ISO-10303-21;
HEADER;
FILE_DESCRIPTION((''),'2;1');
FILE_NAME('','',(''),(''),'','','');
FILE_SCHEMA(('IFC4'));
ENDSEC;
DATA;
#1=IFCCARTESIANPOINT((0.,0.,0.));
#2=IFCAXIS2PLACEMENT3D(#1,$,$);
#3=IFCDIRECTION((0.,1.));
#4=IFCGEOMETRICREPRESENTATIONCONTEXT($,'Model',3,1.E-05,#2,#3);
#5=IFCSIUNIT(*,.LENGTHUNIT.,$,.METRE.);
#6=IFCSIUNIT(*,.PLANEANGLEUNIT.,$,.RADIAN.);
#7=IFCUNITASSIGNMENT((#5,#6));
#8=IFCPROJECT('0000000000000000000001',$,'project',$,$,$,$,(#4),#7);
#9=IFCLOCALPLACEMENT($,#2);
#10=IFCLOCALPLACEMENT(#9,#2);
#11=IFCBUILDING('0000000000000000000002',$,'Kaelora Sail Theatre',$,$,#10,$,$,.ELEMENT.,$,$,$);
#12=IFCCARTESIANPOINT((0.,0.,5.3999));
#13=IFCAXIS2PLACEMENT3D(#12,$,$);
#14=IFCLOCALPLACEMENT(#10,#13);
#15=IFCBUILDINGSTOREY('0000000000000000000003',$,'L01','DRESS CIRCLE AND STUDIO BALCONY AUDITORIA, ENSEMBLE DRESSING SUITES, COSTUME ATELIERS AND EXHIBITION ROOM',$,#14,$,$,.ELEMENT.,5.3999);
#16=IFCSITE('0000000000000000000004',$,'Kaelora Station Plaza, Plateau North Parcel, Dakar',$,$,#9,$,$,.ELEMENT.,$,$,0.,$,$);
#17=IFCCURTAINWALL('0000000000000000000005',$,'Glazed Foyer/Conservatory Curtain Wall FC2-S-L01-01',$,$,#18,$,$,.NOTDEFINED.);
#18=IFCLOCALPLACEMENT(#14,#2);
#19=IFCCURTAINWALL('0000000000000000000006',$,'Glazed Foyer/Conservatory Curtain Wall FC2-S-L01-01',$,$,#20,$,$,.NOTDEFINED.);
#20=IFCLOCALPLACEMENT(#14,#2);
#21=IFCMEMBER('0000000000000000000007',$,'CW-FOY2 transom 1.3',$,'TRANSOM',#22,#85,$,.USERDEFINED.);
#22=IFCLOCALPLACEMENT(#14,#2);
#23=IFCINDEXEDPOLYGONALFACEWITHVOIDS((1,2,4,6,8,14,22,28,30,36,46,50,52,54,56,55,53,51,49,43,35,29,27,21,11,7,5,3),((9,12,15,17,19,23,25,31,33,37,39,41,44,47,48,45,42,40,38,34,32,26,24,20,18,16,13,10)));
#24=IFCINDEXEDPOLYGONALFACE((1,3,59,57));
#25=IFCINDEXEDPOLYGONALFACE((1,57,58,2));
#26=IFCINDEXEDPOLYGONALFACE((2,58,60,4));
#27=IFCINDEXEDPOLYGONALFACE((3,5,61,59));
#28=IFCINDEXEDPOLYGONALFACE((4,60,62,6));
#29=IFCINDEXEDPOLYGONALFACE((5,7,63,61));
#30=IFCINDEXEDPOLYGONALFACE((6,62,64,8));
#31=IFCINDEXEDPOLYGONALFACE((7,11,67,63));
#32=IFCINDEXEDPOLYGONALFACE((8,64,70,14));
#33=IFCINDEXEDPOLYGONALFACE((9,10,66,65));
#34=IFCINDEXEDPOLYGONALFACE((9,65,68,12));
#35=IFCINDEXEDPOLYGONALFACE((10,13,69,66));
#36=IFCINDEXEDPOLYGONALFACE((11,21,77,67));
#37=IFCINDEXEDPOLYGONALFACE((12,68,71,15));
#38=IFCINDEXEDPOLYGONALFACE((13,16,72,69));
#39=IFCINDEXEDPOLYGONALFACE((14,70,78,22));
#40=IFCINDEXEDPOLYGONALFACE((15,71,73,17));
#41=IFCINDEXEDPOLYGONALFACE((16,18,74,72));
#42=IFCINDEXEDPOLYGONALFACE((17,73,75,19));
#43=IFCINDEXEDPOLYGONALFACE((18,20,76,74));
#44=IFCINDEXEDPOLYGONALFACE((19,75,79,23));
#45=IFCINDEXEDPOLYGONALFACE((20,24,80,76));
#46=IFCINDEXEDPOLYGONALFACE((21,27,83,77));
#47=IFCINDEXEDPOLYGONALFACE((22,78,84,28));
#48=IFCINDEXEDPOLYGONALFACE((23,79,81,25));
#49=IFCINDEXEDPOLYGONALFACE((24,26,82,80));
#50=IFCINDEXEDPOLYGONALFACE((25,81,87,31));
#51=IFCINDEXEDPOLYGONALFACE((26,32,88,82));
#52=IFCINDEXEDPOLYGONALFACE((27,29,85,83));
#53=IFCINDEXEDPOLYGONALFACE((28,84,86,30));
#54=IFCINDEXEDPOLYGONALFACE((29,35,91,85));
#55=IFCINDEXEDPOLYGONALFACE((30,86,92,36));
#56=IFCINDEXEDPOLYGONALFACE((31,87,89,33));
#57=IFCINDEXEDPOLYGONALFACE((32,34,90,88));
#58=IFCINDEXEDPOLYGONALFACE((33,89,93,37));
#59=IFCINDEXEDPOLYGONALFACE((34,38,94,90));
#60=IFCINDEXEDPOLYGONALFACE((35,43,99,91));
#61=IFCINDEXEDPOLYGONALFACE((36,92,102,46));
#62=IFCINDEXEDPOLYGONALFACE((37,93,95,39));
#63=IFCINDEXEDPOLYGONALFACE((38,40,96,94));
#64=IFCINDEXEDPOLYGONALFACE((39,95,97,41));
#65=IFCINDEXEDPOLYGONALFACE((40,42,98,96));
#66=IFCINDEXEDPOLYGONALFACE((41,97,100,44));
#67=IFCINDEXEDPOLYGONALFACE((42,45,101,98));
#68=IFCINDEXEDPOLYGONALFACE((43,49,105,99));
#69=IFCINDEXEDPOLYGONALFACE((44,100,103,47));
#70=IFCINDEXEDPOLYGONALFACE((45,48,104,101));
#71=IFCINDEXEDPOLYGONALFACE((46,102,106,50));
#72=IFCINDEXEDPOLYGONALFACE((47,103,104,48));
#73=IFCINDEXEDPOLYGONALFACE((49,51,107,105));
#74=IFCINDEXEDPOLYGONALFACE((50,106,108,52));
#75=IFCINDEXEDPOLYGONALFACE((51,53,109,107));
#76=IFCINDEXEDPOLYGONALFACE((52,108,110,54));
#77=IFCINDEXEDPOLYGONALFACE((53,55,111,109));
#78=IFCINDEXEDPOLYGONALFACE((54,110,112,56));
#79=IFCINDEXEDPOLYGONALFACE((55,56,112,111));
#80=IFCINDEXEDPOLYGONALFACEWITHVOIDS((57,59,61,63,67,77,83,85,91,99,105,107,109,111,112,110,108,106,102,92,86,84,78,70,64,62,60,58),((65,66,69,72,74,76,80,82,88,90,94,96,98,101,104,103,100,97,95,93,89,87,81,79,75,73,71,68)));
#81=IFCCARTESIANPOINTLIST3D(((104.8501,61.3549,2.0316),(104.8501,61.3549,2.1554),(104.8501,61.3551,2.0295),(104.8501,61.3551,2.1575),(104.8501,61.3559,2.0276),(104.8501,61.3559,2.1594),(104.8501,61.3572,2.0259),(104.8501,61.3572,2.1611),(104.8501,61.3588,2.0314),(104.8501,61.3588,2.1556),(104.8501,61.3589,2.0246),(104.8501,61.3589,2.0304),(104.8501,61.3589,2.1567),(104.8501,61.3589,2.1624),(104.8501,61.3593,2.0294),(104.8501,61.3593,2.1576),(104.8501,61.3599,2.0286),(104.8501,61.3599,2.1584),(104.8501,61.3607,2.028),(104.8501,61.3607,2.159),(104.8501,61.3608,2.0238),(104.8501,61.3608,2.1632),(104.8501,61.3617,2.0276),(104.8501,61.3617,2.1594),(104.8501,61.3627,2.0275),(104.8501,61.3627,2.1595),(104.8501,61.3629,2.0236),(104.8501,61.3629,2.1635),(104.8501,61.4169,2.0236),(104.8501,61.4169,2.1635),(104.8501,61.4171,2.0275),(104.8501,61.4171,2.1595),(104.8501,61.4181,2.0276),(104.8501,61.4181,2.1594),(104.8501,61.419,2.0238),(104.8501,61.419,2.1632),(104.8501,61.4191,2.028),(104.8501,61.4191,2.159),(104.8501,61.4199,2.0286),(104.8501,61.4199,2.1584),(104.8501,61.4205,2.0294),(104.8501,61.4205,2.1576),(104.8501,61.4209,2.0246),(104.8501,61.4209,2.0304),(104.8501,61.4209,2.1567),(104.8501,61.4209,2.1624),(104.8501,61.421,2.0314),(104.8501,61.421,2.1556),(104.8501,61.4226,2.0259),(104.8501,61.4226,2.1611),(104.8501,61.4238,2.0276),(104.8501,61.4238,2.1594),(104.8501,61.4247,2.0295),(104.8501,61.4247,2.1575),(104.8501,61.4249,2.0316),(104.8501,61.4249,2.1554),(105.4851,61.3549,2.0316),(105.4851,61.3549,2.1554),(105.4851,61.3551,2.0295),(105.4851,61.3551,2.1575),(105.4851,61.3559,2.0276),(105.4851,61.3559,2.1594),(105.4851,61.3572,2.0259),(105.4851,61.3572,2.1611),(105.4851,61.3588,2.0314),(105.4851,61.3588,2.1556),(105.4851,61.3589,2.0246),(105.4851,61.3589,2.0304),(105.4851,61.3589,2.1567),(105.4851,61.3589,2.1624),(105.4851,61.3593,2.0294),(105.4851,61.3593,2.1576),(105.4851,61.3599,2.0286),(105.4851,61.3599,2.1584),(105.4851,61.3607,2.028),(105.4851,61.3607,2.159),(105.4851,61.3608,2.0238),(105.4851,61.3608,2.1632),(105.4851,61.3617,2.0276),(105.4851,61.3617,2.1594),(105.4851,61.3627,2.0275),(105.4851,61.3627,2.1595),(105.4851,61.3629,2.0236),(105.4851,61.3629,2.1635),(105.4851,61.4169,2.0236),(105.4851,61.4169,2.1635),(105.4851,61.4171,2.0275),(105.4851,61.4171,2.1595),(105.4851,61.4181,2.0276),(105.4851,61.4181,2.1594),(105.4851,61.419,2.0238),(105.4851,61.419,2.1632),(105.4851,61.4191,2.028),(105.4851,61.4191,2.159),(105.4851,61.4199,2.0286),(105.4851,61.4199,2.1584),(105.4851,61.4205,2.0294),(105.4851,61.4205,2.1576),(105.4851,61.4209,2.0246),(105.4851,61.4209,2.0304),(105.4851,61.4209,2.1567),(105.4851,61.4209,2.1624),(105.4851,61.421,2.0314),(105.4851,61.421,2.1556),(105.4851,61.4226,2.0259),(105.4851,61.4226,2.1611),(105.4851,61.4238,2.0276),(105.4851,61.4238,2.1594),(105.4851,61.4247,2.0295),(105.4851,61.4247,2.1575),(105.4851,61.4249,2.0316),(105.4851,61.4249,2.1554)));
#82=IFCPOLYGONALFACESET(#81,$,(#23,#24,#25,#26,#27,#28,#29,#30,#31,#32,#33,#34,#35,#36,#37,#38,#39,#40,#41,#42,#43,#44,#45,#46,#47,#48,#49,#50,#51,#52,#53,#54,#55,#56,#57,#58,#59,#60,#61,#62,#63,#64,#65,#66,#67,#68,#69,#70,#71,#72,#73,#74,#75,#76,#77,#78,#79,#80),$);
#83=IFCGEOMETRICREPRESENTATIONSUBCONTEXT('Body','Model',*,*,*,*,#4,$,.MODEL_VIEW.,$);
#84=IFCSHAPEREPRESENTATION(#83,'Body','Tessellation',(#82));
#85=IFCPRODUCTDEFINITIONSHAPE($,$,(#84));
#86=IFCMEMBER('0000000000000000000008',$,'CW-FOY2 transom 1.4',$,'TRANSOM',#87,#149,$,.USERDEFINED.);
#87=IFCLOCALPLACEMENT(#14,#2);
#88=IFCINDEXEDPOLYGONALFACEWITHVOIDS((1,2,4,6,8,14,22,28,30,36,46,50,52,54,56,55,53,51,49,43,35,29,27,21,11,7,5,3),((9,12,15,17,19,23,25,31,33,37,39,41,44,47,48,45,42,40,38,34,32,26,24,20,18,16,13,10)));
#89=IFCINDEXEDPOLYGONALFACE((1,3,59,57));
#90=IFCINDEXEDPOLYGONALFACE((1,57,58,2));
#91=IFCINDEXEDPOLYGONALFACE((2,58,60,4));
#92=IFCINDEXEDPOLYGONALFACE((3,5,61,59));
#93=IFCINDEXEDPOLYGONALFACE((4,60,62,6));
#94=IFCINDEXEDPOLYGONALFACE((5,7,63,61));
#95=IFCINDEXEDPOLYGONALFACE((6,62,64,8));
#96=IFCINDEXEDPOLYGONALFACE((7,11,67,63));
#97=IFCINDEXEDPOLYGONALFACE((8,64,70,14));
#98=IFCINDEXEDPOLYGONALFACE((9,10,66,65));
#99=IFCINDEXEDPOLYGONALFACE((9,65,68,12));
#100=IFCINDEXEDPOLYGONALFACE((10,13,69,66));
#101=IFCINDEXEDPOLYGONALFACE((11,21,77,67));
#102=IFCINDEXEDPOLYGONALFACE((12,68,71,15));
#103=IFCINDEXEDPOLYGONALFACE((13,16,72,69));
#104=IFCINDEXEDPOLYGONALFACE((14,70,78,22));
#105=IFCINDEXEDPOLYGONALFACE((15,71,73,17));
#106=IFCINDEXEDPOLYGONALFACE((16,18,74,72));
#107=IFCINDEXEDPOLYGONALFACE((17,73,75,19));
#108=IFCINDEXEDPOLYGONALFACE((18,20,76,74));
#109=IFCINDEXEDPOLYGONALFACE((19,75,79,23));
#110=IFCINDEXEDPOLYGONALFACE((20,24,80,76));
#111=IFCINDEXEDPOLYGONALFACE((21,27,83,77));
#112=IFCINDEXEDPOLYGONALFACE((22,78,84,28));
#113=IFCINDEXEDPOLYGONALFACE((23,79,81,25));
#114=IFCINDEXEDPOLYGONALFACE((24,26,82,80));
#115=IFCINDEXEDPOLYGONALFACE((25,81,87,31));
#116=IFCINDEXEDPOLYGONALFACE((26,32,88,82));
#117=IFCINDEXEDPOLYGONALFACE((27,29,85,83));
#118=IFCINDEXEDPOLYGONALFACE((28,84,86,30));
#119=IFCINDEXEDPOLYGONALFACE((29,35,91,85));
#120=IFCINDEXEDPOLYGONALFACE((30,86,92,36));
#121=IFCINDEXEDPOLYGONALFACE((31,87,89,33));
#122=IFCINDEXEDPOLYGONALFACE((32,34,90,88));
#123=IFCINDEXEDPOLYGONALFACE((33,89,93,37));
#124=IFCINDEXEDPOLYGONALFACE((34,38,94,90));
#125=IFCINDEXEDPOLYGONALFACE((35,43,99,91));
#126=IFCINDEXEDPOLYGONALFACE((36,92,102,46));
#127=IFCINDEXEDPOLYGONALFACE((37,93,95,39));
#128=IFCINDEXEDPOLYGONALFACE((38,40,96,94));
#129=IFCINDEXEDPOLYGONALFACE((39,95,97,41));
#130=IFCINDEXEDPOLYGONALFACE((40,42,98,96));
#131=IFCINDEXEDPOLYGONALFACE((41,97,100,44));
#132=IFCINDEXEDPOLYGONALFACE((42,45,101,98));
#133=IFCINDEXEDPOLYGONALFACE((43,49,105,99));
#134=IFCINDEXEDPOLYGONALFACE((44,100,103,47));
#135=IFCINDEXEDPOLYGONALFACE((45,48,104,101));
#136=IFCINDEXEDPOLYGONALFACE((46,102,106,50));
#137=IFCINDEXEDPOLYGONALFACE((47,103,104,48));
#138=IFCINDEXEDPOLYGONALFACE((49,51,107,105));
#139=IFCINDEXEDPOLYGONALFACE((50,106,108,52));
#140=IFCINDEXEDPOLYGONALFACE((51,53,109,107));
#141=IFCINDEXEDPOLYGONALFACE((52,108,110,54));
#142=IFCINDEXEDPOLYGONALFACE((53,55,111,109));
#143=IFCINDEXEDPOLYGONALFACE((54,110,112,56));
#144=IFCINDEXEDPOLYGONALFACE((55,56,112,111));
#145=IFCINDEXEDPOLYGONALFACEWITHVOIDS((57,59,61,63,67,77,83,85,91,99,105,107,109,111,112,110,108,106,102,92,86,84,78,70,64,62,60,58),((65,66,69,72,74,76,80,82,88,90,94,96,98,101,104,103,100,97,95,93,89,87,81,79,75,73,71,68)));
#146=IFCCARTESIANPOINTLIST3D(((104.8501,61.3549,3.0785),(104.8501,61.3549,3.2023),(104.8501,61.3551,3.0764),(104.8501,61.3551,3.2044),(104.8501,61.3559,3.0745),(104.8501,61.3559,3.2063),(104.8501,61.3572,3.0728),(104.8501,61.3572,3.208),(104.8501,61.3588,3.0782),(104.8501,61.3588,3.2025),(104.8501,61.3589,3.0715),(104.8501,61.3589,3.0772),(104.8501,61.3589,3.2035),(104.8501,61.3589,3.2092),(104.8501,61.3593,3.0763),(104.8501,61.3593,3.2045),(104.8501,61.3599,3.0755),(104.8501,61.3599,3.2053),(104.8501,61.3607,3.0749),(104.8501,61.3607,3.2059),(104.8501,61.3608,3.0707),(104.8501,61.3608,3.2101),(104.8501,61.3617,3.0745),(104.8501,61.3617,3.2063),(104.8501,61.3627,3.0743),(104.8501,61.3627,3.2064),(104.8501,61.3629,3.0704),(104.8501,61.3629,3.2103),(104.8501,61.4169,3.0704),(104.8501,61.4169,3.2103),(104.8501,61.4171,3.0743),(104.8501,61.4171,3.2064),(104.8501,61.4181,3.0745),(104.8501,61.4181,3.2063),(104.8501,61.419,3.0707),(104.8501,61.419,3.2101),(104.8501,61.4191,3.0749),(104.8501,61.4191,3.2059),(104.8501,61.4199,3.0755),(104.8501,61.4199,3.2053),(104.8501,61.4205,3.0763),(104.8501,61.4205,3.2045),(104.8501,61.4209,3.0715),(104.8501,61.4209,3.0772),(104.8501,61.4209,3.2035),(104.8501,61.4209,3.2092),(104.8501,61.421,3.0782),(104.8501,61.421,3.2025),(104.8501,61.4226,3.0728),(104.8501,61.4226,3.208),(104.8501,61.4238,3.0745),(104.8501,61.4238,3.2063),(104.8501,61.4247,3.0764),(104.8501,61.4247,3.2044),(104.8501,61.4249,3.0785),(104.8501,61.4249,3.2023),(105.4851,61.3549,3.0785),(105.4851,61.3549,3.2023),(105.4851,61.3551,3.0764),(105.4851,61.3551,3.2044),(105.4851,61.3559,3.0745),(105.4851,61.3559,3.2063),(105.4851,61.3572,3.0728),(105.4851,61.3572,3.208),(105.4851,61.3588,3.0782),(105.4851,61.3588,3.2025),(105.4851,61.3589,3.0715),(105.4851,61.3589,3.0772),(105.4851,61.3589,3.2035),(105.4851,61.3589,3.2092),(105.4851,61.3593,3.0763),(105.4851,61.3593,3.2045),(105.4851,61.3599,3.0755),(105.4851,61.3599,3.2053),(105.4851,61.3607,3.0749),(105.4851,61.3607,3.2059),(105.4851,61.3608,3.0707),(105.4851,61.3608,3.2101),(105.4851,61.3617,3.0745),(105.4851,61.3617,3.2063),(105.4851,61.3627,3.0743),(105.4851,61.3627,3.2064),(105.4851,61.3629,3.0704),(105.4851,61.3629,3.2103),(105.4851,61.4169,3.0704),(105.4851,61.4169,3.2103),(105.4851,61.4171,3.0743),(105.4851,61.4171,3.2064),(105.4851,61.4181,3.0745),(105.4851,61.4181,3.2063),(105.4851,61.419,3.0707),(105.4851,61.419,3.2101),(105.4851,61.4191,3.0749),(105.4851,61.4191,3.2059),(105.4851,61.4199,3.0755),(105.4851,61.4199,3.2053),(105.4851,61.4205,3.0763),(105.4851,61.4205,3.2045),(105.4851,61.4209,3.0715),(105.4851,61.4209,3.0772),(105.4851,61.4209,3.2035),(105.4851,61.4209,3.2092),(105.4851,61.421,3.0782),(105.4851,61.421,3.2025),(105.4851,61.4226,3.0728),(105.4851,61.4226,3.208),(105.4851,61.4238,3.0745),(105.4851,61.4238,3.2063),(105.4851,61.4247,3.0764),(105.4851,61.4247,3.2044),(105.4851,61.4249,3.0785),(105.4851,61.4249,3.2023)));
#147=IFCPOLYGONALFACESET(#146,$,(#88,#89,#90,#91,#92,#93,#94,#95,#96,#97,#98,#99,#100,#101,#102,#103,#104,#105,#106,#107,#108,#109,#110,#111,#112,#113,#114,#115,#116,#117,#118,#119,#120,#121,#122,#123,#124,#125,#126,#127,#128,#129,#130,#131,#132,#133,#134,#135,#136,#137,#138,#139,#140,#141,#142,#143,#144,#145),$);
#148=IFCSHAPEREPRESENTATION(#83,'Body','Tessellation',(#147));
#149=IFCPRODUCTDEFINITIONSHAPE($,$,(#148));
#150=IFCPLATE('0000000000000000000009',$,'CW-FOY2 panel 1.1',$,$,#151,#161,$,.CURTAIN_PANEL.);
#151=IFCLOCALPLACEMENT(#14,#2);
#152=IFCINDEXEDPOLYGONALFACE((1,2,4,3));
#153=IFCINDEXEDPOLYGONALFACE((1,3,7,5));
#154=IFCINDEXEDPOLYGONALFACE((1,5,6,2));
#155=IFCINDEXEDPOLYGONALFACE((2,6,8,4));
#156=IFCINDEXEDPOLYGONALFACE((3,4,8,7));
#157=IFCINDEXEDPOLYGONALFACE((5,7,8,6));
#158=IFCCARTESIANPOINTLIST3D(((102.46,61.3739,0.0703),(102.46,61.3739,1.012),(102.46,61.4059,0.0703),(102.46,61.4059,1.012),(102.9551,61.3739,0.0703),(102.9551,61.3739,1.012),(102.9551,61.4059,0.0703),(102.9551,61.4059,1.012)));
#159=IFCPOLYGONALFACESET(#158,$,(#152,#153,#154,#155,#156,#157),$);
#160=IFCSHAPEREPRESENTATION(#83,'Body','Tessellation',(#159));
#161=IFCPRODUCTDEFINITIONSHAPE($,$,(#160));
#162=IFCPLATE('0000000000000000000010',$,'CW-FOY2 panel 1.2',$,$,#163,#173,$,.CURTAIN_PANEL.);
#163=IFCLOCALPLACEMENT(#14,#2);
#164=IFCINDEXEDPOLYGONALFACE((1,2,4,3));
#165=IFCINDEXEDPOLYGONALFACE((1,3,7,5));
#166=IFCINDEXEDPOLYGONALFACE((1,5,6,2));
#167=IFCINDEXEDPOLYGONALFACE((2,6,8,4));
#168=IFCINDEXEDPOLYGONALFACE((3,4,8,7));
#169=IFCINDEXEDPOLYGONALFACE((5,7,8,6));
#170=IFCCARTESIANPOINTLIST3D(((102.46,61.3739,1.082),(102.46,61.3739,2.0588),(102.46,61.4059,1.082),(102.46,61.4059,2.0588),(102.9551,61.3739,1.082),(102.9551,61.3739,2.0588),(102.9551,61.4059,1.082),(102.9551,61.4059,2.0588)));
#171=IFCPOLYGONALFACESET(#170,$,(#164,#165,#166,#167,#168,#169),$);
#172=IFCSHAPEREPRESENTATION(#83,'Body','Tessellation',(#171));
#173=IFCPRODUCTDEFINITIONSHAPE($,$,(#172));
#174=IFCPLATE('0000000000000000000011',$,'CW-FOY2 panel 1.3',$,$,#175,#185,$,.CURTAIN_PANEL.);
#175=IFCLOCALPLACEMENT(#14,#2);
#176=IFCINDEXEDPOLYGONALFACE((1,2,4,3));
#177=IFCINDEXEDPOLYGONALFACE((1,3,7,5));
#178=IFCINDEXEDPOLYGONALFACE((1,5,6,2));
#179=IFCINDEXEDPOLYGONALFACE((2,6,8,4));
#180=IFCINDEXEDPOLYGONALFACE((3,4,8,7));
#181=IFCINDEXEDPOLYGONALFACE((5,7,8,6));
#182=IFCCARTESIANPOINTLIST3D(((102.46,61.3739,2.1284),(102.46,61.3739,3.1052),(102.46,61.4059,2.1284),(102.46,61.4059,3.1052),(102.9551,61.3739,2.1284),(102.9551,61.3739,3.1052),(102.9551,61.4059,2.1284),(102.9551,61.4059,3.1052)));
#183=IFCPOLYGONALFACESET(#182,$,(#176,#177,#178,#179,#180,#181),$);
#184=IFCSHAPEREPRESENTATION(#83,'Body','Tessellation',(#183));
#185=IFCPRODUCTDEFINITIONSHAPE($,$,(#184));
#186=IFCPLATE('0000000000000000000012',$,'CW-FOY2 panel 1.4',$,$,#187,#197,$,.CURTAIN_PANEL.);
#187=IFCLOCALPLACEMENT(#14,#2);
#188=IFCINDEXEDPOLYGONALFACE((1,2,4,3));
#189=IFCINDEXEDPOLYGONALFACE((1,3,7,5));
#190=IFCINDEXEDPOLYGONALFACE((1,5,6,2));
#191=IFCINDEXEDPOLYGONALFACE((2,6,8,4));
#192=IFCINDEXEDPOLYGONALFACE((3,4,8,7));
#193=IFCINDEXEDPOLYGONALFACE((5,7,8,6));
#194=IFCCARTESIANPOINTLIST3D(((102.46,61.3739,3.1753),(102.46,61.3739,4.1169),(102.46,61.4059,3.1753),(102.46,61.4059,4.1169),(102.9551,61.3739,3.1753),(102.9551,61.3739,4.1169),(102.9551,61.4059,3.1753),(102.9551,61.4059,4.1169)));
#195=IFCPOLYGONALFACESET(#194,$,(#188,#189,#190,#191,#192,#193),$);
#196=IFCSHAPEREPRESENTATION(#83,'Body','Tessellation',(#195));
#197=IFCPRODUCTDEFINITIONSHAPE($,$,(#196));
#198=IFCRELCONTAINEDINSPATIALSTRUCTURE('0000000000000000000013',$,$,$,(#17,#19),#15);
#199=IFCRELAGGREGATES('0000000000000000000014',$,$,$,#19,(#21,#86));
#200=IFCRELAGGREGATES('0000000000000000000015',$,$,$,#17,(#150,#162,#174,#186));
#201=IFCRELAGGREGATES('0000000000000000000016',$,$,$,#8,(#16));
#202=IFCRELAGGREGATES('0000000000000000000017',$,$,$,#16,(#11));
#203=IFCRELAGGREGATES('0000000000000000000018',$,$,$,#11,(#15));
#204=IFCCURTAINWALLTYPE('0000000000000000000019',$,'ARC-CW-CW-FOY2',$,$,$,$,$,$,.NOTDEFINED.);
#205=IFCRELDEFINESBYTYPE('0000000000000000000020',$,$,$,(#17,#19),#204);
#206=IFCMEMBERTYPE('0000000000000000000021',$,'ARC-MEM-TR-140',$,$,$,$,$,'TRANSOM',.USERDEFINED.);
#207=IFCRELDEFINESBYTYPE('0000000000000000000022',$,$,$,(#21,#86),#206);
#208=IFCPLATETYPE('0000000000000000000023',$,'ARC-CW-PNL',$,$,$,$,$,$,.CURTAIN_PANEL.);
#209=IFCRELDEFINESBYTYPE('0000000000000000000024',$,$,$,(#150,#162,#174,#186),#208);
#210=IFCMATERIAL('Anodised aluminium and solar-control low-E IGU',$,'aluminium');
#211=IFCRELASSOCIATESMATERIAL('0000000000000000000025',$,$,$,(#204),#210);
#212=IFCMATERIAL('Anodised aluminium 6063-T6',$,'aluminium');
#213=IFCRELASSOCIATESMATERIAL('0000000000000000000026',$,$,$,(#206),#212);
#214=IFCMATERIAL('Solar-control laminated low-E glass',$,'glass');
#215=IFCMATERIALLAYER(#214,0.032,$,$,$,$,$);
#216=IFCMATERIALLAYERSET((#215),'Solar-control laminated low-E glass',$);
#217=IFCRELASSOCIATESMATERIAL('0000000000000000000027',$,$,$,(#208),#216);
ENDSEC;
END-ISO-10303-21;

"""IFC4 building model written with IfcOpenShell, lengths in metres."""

from ifc_helpers import new_model, si_unit, direction, frame, origin, origin_2d, place, context, subcontext, project, spatial, rectangle, hollow_rectangle, extrude, material, layer, layer_set, material_profile, profile_set, type_object, element, aggregate, save


model = new_model("IFC4")

# Units and contexts
model_context = context("Model", 3, precision=1e-05, world=origin(), true_north=direction((0.0, 1.0)))
body_context = subcontext(model_context, "Body", "Model", "MODEL_VIEW")
ifc_project = project(units=[si_unit("LENGTHUNIT", "METRE"), si_unit("PLANEANGLEUNIT", "RADIAN")], contexts=[model_context])

# Site, building, storey
site_placement = place(None, origin())
site = spatial("IfcSite", under=ifc_project, at=site_placement, Name="Kaelora Station Plaza, Plateau North Parcel, Dakar", CompositionType="ELEMENT", RefElevation=0.0)
building_placement = place(site_placement, origin())
building = spatial("IfcBuilding", under=site, at=building_placement, Name="Kaelora Sail Theatre", CompositionType="ELEMENT")
storey_placement = place(building_placement, frame((0.0, 0.0, 5.3999)))
storey = spatial("IfcBuildingStorey", under=building, at=storey_placement, Name="L01", Description="DRESS CIRCLE AND STUDIO BALCONY AUDITORIA, ENSEMBLE DRESSING SUITES, COSTUME ATELIERS AND EXHIBITION ROOM", CompositionType="ELEMENT", Elevation=5.3999)

# Curtain wall
ifc_material_1 = material(Name="Anodised aluminium and solar-control low-E IGU", Category="aluminium")
curtain_wall_type = type_object("IfcCurtainWallType", Name="ARC-CW-CW-FOY2", PredefinedType="NOTDEFINED", material=ifc_material_1)
curtain_wall_1_placement = place(storey_placement, origin())
curtain_wall_1 = element("IfcCurtainWall", 1, at=curtain_wall_1_placement, inside=storey, type_object=curtain_wall_type, Name="Glazed Foyer/Conservatory Curtain Wall FC2-S-L01-01", PredefinedType="NOTDEFINED")

# Curtain wall
curtain_wall_2_placement = place(storey_placement, origin())
curtain_wall_2 = element("IfcCurtainWall", 2, at=curtain_wall_2_placement, inside=storey, type_object=curtain_wall_type, Name="Glazed Foyer/Conservatory Curtain Wall FC2-S-L01-01", PredefinedType="NOTDEFINED")

# Members
ifc_material_2 = material(Name="Anodised aluminium 6063-T6", Category="aluminium")
ifc_material_profile_1 = material_profile(ifc_material_2, hollow_rectangle(XDim=0.0701, YDim=0.1399, WallThickness=0.0039, InnerFilletRadius=0.0039, OuterFilletRadius=0.0081, at=origin_2d()), Name="ALU-TRAN 70x140x4")
ifc_profile_set_1 = profile_set([ifc_material_profile_1], Name="Anodised aluminium 6063-T6")
member_type_1 = type_object("IfcMemberType", Name="ARC-MEM-TR-140", ElementType="TRANSOM", PredefinedType="USERDEFINED", material=ifc_profile_set_1)
member_1_placement = place(storey_placement, frame((104.8501, 61.3899, 2.0935), z_axis=(1.0, 0.0, 0.0), x_axis=(0.0, 1.0, 0.0)))
member_1 = element("IfcMember", 3, at=member_1_placement, type_object=member_type_1, Name="CW-FOY2 transom 1.3", ObjectType="TRANSOM", PredefinedType="USERDEFINED", context=body_context, shape_type="SweptSolid", body=[
    extrude(hollow_rectangle(XDim=0.0701, YDim=0.1399, WallThickness=0.0039, InnerFilletRadius=0.0039, OuterFilletRadius=0.0081, at=origin_2d()), origin(), (0.0, 0.0, 1.0), 0.635),
])
member_2_placement = place(storey_placement, frame((104.8501, 61.3899, 3.1404), z_axis=(1.0, 0.0, 0.0), x_axis=(0.0, 1.0, 0.0)))
member_2 = element("IfcMember", 4, at=member_2_placement, type_object=member_type_1, Name="CW-FOY2 transom 1.4", ObjectType="TRANSOM", PredefinedType="USERDEFINED", context=body_context, shape_type="SweptSolid", body=[
    extrude(hollow_rectangle(XDim=0.0701, YDim=0.1399, WallThickness=0.0039, InnerFilletRadius=0.0039, OuterFilletRadius=0.0081, at=origin_2d()), origin(), (0.0, 0.0, 1.0), 0.635),
])
aggregate(curtain_wall_2, [member_1, member_2])

# Plates
ifc_material_3 = material(Name="Solar-control laminated low-E glass", Category="glass")
ifc_layer = layer(ifc_material_3, 0.032)
ifc_layer_set = layer_set([ifc_layer], Name="Solar-control laminated low-E glass")
plate_type = type_object("IfcPlateType", Name="ARC-CW-PNL", PredefinedType="CURTAIN_PANEL", material=ifc_layer_set)
plate_1_placement = place(storey_placement, frame((102.7075, 61.3899, 0.0703), z_axis=(0.0, 0.0, 1.0), x_axis=(1.0, 0.0, 0.0)))
plate_1 = element("IfcPlate", 5, at=plate_1_placement, type_object=plate_type, Name="CW-FOY2 panel 1.1", PredefinedType="CURTAIN_PANEL", context=body_context, shape_type="SweptSolid", body=[
    extrude(rectangle(XDim=0.4951, YDim=0.032, at=origin_2d()), origin(), (0.0, 0.0, 1.0), 0.9417),
])
plate_2_placement = place(storey_placement, frame((102.7075, 61.3899, 1.082), z_axis=(0.0, 0.0, 1.0), x_axis=(1.0, 0.0, 0.0)))
plate_2 = element("IfcPlate", 6, at=plate_2_placement, type_object=plate_type, Name="CW-FOY2 panel 1.2", PredefinedType="CURTAIN_PANEL", context=body_context, shape_type="SweptSolid", body=[
    extrude(rectangle(XDim=0.4951, YDim=0.032, at=origin_2d()), origin(), (0.0, 0.0, 1.0), 0.9768),
])
plate_3_placement = place(storey_placement, frame((102.7075, 61.3899, 2.1284), z_axis=(0.0, 0.0, 1.0), x_axis=(1.0, 0.0, 0.0)))
plate_3 = element("IfcPlate", 7, at=plate_3_placement, type_object=plate_type, Name="CW-FOY2 panel 1.3", PredefinedType="CURTAIN_PANEL", context=body_context, shape_type="SweptSolid", body=[
    extrude(rectangle(XDim=0.4951, YDim=0.032, at=origin_2d()), origin(), (0.0, 0.0, 1.0), 0.9768),
])
plate_4_placement = place(storey_placement, frame((102.7075, 61.3899, 3.1753), z_axis=(0.0, 0.0, 1.0), x_axis=(1.0, 0.0, 0.0)))
plate_4 = element("IfcPlate", 8, at=plate_4_placement, type_object=plate_type, Name="CW-FOY2 panel 1.4", PredefinedType="CURTAIN_PANEL", context=body_context, shape_type="SweptSolid", body=[
    extrude(rectangle(XDim=0.4951, YDim=0.032, at=origin_2d()), origin(), (0.0, 0.0, 1.0), 0.9417),
])
aggregate(curtain_wall_1, [plate_1, plate_2, plate_3, plate_4])

save(model, "model.ifc")
